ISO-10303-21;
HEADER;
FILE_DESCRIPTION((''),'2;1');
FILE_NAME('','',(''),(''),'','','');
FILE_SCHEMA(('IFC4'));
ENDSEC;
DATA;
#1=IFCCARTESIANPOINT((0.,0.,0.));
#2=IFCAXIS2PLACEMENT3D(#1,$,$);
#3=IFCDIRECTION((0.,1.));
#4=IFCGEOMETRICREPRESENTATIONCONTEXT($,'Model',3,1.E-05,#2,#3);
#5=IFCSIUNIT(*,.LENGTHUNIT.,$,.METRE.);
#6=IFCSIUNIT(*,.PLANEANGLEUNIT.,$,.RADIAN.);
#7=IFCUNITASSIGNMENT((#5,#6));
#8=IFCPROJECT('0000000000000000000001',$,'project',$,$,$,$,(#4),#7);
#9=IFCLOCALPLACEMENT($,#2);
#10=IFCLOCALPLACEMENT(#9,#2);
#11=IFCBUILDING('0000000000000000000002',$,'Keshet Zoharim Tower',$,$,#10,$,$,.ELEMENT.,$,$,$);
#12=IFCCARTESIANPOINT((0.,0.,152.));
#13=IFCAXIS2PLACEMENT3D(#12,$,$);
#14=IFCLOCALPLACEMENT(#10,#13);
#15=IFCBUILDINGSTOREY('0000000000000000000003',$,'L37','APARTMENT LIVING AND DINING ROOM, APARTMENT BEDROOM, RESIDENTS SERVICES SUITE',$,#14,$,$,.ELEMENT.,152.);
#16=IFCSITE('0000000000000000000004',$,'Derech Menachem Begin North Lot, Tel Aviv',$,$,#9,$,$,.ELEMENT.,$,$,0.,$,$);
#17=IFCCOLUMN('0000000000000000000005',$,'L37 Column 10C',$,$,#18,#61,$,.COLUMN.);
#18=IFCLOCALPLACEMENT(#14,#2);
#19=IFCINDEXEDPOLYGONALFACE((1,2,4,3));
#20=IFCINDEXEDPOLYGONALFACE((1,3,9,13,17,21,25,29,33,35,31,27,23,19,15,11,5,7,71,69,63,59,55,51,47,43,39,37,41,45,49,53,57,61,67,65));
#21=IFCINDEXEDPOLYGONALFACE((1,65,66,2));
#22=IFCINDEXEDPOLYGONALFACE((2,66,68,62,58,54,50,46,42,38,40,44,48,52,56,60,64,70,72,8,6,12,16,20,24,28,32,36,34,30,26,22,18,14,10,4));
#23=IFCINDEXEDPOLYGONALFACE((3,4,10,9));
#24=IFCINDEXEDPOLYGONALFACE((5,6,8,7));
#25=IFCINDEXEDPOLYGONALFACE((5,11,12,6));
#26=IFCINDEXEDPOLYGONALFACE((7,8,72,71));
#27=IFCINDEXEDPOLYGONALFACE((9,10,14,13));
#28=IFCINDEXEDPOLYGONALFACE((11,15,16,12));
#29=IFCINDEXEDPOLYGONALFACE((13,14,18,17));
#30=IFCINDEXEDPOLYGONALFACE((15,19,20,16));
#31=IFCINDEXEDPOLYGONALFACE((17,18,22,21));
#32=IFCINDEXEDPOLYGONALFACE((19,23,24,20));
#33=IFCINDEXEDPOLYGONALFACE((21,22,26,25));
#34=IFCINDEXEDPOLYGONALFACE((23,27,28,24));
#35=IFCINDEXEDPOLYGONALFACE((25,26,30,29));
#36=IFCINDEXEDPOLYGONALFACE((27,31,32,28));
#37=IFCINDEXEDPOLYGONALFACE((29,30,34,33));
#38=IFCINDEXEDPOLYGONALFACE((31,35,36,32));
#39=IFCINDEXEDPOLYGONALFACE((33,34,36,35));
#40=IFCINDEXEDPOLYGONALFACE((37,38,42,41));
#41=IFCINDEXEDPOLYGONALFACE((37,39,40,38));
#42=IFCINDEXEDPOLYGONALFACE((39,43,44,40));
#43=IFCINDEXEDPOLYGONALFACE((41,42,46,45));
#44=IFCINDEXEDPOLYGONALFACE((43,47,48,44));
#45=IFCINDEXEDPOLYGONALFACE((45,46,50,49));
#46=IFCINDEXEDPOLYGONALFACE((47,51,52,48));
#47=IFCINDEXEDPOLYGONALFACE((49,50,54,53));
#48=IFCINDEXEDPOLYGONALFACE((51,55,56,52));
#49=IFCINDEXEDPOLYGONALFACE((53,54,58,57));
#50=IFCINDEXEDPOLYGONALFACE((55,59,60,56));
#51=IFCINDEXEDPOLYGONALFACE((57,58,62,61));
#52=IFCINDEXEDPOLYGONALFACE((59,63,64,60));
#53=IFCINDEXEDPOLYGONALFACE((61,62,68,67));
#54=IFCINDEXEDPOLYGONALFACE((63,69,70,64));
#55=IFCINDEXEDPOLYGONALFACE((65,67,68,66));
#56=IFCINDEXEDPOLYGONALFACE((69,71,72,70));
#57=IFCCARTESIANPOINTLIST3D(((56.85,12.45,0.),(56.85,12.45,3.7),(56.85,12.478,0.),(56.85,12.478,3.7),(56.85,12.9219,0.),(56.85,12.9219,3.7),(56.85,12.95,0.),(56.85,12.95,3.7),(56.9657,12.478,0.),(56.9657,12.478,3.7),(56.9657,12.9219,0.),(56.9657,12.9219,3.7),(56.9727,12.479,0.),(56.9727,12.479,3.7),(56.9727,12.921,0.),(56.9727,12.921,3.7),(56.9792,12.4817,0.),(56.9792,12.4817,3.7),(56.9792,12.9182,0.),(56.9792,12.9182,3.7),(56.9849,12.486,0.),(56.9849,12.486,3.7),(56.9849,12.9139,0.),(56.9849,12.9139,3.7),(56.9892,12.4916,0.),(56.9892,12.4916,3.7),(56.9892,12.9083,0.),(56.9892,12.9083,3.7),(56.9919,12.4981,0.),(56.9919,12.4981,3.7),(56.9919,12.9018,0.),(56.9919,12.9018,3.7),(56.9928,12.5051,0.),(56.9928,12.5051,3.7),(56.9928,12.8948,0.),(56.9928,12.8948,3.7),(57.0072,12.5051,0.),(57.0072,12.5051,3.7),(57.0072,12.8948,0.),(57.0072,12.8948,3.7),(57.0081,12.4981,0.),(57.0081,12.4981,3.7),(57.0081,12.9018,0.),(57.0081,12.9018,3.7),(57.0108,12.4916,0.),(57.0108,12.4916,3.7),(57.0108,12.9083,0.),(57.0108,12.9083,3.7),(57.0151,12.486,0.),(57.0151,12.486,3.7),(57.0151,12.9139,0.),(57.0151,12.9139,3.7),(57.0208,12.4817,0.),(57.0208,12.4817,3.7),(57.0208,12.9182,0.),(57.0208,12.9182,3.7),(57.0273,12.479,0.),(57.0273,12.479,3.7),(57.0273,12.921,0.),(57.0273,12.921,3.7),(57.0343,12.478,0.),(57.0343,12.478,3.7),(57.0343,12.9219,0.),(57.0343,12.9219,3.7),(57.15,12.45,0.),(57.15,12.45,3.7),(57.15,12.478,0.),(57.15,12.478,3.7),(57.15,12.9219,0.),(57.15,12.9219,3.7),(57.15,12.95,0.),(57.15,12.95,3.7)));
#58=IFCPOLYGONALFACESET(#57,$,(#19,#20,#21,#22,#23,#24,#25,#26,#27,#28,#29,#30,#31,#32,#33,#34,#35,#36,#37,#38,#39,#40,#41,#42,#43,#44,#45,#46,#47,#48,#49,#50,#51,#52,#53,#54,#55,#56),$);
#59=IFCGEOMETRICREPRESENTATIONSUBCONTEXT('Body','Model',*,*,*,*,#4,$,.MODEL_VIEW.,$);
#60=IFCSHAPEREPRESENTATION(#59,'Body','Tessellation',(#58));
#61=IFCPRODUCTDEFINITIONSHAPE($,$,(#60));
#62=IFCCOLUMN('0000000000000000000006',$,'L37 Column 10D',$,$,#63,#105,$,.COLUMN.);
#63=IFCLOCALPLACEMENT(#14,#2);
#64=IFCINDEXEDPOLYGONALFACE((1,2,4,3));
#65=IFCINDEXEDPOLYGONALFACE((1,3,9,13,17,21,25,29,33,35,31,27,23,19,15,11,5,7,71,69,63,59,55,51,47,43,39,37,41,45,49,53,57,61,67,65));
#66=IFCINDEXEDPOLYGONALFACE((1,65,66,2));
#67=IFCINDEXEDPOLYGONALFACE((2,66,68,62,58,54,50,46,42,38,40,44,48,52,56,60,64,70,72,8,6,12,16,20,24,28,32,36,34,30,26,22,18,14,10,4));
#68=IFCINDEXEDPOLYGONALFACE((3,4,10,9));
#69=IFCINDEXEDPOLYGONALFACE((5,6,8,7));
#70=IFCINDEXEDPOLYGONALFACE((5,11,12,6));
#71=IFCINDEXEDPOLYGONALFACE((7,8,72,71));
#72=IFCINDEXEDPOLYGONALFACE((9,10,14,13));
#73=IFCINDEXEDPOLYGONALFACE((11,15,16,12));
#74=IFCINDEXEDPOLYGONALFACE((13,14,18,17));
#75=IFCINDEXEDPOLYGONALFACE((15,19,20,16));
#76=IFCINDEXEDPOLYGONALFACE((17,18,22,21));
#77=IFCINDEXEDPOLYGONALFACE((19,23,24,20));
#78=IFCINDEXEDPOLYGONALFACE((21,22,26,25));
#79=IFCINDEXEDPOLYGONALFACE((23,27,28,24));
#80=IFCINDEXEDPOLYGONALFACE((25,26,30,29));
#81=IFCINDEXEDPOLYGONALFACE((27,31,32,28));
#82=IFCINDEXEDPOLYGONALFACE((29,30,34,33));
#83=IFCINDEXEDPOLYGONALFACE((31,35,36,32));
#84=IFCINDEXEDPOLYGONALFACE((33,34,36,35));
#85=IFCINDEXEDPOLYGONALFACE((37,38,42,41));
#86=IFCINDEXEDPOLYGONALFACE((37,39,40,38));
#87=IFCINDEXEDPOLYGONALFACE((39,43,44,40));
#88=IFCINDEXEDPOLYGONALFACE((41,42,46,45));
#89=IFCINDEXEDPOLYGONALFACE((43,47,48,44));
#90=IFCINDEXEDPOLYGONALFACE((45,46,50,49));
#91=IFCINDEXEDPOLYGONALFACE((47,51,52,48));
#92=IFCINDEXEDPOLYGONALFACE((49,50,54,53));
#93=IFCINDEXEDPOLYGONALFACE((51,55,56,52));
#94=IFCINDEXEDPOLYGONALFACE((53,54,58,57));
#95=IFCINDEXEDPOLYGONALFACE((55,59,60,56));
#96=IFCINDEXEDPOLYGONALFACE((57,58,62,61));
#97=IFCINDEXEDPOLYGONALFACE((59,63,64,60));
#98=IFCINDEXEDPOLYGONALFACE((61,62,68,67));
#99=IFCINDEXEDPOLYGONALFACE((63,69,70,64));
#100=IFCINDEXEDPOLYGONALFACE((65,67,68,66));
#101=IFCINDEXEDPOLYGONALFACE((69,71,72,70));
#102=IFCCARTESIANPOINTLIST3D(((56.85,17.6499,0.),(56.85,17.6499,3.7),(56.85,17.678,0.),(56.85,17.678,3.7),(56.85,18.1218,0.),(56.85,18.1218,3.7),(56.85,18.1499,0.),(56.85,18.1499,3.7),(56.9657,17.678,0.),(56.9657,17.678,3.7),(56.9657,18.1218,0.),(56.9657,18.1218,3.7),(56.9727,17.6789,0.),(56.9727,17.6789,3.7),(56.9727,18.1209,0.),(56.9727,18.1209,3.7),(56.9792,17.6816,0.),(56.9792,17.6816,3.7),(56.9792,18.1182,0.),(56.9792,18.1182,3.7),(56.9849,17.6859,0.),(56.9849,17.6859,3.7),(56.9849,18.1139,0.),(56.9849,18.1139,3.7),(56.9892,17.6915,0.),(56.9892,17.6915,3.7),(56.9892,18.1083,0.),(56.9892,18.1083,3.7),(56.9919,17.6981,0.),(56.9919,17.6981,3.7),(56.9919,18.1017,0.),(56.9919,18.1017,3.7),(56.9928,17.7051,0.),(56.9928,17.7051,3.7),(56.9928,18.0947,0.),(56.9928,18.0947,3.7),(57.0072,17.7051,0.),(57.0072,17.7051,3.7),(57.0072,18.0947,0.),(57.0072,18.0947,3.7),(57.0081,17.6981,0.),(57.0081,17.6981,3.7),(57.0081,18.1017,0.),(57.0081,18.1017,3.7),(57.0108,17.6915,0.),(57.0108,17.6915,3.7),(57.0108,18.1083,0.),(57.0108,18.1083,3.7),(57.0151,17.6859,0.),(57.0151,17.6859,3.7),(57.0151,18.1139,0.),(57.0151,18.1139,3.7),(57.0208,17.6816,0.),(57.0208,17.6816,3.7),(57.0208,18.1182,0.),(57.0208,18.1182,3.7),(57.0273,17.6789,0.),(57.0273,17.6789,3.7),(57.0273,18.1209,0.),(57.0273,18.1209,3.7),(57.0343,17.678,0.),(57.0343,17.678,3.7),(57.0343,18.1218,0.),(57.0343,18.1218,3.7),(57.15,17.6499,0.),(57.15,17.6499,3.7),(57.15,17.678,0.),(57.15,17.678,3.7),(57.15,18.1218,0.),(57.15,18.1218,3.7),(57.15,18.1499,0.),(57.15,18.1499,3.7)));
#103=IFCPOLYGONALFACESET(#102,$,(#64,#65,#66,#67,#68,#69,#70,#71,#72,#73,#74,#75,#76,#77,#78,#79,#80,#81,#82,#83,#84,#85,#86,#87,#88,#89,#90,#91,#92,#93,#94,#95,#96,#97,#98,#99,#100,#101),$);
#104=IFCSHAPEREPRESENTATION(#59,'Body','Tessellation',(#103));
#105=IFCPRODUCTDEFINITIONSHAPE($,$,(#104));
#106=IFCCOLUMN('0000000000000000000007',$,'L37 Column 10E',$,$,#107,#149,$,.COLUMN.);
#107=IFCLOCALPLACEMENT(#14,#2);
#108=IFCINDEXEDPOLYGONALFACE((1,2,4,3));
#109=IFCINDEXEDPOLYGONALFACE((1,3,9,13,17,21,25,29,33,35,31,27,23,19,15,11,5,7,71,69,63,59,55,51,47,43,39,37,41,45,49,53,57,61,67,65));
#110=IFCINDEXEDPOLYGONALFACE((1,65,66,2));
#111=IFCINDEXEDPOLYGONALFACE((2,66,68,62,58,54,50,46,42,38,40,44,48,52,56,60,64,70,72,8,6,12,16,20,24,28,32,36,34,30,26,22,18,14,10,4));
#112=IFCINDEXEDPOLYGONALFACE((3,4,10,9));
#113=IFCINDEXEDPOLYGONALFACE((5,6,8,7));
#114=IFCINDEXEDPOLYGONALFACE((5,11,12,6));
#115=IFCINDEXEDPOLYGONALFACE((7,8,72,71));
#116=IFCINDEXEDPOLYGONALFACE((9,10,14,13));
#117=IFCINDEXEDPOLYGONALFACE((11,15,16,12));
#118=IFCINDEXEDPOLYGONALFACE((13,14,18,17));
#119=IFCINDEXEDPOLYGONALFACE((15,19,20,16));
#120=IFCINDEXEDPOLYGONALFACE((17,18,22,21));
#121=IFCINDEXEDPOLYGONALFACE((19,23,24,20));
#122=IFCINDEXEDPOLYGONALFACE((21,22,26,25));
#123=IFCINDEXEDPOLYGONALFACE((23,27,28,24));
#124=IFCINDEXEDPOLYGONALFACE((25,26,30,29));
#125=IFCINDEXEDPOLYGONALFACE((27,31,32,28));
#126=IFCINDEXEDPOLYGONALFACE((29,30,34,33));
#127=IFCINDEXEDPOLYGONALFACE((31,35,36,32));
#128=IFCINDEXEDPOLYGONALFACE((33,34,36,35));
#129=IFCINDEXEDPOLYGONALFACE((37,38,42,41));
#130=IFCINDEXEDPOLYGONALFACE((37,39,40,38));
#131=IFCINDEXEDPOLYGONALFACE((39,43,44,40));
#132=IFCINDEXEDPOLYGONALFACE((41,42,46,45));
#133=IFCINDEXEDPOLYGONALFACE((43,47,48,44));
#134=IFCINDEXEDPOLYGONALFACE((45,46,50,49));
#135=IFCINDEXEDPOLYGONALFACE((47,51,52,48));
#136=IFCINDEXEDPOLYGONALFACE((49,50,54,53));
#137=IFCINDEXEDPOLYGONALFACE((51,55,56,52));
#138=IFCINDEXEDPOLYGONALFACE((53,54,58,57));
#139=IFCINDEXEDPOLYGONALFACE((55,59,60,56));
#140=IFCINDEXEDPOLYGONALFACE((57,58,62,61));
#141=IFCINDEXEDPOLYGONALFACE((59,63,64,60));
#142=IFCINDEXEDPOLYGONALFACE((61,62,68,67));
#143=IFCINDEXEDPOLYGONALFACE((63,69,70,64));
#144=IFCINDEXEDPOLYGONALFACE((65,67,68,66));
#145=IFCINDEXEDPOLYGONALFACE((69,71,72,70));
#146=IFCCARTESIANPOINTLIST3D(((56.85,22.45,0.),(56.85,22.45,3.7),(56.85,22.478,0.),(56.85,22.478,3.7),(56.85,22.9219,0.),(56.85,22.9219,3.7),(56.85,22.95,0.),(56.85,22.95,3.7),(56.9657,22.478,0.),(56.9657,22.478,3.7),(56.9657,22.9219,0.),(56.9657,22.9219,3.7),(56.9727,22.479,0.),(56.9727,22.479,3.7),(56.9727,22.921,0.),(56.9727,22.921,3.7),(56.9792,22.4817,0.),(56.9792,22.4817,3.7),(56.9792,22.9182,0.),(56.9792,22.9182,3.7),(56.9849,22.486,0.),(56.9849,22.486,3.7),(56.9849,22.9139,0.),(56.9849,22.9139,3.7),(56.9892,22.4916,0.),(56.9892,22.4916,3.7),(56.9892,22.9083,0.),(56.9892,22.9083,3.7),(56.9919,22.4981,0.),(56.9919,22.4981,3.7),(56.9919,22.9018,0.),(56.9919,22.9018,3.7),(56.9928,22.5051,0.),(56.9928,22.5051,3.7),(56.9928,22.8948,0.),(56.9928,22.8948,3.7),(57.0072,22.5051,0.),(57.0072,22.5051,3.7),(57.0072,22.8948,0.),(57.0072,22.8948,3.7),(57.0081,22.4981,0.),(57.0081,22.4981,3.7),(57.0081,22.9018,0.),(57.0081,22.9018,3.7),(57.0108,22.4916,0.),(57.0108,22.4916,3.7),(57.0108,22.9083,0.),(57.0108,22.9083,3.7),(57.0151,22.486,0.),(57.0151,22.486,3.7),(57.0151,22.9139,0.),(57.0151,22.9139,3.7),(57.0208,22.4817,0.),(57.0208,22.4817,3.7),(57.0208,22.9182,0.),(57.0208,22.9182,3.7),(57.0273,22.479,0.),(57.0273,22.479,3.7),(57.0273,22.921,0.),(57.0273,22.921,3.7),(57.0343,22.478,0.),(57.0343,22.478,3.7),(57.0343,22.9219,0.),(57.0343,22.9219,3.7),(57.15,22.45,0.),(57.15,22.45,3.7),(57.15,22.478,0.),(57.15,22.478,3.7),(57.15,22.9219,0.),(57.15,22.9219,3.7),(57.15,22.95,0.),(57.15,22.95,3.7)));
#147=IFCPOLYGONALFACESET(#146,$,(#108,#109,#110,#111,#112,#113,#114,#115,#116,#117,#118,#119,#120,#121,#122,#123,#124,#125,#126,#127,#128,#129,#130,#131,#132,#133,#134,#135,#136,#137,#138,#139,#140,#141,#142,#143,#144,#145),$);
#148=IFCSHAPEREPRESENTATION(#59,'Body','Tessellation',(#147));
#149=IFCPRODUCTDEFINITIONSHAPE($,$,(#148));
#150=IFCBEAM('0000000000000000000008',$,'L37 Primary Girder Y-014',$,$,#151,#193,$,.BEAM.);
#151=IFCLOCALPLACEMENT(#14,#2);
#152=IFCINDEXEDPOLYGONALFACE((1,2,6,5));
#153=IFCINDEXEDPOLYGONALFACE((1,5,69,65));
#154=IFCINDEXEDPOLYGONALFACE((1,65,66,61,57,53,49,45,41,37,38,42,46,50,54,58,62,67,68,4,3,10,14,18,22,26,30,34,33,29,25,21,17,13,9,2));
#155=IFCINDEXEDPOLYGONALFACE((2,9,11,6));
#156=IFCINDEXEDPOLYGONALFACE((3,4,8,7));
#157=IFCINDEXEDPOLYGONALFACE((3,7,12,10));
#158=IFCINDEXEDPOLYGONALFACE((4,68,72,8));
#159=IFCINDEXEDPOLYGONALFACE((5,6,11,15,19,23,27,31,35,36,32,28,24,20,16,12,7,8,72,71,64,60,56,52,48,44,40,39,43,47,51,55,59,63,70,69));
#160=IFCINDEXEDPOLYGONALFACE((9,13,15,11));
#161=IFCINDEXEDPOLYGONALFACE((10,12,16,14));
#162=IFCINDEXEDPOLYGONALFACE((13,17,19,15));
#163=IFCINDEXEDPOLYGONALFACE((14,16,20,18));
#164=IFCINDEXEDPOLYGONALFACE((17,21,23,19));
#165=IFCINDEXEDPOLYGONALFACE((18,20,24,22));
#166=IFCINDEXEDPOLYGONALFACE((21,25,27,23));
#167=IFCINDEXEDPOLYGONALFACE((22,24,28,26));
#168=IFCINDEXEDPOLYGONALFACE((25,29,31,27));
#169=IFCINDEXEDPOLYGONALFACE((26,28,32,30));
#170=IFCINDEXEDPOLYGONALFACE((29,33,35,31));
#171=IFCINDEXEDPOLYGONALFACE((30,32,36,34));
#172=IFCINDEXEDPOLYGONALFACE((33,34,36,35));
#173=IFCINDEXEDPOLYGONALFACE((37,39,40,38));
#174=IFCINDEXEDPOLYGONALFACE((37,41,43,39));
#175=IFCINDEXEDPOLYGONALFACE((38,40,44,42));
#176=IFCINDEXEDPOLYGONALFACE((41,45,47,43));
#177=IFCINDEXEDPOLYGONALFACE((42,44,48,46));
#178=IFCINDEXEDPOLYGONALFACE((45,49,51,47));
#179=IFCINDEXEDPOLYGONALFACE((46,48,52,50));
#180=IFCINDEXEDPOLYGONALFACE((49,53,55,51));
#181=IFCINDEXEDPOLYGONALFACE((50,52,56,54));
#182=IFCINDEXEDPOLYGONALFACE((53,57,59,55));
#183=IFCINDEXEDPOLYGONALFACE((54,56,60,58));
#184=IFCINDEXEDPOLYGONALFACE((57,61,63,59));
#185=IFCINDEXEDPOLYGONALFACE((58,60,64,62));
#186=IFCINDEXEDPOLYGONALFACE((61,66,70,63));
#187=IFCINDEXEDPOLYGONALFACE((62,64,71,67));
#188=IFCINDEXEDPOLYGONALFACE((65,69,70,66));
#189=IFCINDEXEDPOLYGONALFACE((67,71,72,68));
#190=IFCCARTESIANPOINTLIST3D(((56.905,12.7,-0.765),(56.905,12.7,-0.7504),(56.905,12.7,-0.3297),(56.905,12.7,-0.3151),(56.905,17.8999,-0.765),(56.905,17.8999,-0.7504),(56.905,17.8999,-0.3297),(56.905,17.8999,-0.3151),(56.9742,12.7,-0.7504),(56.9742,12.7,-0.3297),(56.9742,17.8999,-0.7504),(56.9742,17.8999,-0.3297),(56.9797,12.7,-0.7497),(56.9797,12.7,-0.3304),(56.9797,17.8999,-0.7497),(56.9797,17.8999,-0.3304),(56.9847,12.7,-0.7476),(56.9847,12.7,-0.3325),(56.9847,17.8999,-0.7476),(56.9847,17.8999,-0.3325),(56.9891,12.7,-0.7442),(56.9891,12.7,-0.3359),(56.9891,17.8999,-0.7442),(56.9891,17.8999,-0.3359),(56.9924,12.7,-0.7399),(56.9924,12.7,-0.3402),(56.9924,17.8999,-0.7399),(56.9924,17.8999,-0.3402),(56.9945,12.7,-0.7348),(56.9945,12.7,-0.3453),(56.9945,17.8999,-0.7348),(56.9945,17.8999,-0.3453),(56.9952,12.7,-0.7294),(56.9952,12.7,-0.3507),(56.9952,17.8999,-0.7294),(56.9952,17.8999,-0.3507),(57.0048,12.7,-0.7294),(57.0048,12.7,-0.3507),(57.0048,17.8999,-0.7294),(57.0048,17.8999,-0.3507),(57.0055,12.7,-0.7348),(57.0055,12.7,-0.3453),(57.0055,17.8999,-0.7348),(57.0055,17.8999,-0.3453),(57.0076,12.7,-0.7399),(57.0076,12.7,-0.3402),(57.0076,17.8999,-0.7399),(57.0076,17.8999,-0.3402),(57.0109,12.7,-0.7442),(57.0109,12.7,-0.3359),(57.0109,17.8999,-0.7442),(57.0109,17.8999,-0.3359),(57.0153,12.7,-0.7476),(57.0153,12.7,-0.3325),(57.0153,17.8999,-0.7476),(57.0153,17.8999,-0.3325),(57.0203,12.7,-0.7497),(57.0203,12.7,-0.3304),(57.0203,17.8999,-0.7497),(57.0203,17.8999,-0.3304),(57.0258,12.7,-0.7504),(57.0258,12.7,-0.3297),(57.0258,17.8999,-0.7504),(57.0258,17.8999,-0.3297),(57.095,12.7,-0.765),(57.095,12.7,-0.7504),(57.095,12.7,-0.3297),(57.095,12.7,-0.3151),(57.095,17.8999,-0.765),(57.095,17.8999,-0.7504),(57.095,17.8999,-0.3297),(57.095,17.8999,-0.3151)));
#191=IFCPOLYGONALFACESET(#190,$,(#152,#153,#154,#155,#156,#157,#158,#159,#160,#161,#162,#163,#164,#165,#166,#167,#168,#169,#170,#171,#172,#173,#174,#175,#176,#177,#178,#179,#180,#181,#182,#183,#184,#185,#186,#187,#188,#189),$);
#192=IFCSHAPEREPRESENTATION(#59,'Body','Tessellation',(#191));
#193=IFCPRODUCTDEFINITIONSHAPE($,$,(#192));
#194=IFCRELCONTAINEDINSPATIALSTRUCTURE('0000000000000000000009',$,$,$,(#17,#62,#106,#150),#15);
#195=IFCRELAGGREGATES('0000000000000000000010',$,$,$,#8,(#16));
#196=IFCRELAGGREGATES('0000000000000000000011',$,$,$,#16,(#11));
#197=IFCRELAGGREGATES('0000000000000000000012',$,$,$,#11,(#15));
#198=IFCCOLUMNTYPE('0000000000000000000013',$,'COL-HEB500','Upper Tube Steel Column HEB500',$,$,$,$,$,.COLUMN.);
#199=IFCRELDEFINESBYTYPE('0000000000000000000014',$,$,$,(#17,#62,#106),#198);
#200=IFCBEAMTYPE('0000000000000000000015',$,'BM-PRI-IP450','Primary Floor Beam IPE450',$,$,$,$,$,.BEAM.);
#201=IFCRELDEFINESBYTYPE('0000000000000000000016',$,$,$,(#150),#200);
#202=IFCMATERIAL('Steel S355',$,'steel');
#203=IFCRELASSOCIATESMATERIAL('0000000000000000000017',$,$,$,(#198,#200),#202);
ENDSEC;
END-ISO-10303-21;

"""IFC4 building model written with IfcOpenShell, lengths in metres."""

from ifc_helpers import new_model, si_unit, direction, frame, origin, origin_2d, place, context, subcontext, project, spatial, i_section, extrude, material, material_profile, profile_set, type_object, element, save


model = new_model("IFC4")

# Units and contexts
model_context = context("Model", 3, precision=1e-05, world=origin(), true_north=direction((0.0, 1.0)))
body_context = subcontext(model_context, "Body", "Model", "MODEL_VIEW")
ifc_project = project(units=[si_unit("LENGTHUNIT", "METRE"), si_unit("PLANEANGLEUNIT", "RADIAN")], contexts=[model_context])

# Site, building, storey
site_placement = place(None, origin())
site = spatial("IfcSite", under=ifc_project, at=site_placement, Name="Derech Menachem Begin North Lot, Tel Aviv", CompositionType="ELEMENT", RefElevation=0.0)
building_placement = place(site_placement, origin())
building = spatial("IfcBuilding", under=site, at=building_placement, Name="Keshet Zoharim Tower", CompositionType="ELEMENT")
storey_placement = place(building_placement, frame((0.0, 0.0, 152.0)))
storey = spatial("IfcBuildingStorey", under=building, at=storey_placement, Name="L37", Description="APARTMENT LIVING AND DINING ROOM, APARTMENT BEDROOM, RESIDENTS SERVICES SUITE", CompositionType="ELEMENT", Elevation=152.0)

# Columns
ifc_material_1 = material(Name="Steel S355", Category="steel")
ifc_material_profile_1 = material_profile(ifc_material_1, i_section(OverallWidth=0.3, OverallDepth=0.5, WebThickness=0.0144, FlangeThickness=0.0281, FilletRadius=0.0271, at=origin_2d()), Name="HEB500")
ifc_profile_set_1 = profile_set([ifc_material_profile_1], Name="Steel S355")
column_type = type_object("IfcColumnType", Name="COL-HEB500", Description="Upper Tube Steel Column HEB500", PredefinedType="COLUMN", material=ifc_profile_set_1)
for number, where, z_axis, x_axis, name in (
    (1, (57.0, 12.7, 0.0), (0.0, 0.0, 1.0), (1.0, 0.0, 0.0), "L37 Column 10C"),
    (2, (57.0, 17.8999, 0.0), (0.0, 0.0, 1.0), (1.0, 0.0, 0.0), "L37 Column 10D"),
    (3, (57.0, 22.7, 0.0), (0.0, 0.0, 1.0), (1.0, 0.0, 0.0), "L37 Column 10E"),
):
    element("IfcColumn", number, at=place(storey_placement, frame(where, z_axis=z_axis, x_axis=x_axis)), inside=storey, type_object=column_type, Name=name, PredefinedType="COLUMN", context=body_context, shape_type="SweptSolid", body=[
        extrude(i_section(OverallWidth=0.3, OverallDepth=0.5, WebThickness=0.0144, FlangeThickness=0.0281, FilletRadius=0.0271, at=origin_2d()), origin(), (0.0, 0.0, 1.0), 3.7),
    ])

# Beam
ifc_material_profile_2 = material_profile(ifc_material_1, i_section(OverallWidth=0.1899, OverallDepth=0.45, WebThickness=0.0095, FlangeThickness=0.0146, FilletRadius=0.021, at=origin_2d()), Name="IPE450")
ifc_profile_set_2 = profile_set([ifc_material_profile_2], Name="Steel S355")
beam_type = type_object("IfcBeamType", Name="BM-PRI-IP450", Description="Primary Floor Beam IPE450", PredefinedType="BEAM", material=ifc_profile_set_2)
beam_1_placement = place(storey_placement, frame((57.0, 12.7, -0.54), z_axis=(0.0, 1.0, 0.0), x_axis=(-1.0, 0.0, 0.0)))
element("IfcBeam", 4, at=beam_1_placement, inside=storey, type_object=beam_type, Name="L37 Primary Girder Y-014", PredefinedType="BEAM", context=body_context, shape_type="SweptSolid", body=[
    extrude(i_section(OverallWidth=0.1899, OverallDepth=0.45, WebThickness=0.0095, FlangeThickness=0.0146, FilletRadius=0.021, at=origin_2d()), origin(), (0.0, 0.0, 1.0), 5.2),
])

save(model, "model.ifc")
